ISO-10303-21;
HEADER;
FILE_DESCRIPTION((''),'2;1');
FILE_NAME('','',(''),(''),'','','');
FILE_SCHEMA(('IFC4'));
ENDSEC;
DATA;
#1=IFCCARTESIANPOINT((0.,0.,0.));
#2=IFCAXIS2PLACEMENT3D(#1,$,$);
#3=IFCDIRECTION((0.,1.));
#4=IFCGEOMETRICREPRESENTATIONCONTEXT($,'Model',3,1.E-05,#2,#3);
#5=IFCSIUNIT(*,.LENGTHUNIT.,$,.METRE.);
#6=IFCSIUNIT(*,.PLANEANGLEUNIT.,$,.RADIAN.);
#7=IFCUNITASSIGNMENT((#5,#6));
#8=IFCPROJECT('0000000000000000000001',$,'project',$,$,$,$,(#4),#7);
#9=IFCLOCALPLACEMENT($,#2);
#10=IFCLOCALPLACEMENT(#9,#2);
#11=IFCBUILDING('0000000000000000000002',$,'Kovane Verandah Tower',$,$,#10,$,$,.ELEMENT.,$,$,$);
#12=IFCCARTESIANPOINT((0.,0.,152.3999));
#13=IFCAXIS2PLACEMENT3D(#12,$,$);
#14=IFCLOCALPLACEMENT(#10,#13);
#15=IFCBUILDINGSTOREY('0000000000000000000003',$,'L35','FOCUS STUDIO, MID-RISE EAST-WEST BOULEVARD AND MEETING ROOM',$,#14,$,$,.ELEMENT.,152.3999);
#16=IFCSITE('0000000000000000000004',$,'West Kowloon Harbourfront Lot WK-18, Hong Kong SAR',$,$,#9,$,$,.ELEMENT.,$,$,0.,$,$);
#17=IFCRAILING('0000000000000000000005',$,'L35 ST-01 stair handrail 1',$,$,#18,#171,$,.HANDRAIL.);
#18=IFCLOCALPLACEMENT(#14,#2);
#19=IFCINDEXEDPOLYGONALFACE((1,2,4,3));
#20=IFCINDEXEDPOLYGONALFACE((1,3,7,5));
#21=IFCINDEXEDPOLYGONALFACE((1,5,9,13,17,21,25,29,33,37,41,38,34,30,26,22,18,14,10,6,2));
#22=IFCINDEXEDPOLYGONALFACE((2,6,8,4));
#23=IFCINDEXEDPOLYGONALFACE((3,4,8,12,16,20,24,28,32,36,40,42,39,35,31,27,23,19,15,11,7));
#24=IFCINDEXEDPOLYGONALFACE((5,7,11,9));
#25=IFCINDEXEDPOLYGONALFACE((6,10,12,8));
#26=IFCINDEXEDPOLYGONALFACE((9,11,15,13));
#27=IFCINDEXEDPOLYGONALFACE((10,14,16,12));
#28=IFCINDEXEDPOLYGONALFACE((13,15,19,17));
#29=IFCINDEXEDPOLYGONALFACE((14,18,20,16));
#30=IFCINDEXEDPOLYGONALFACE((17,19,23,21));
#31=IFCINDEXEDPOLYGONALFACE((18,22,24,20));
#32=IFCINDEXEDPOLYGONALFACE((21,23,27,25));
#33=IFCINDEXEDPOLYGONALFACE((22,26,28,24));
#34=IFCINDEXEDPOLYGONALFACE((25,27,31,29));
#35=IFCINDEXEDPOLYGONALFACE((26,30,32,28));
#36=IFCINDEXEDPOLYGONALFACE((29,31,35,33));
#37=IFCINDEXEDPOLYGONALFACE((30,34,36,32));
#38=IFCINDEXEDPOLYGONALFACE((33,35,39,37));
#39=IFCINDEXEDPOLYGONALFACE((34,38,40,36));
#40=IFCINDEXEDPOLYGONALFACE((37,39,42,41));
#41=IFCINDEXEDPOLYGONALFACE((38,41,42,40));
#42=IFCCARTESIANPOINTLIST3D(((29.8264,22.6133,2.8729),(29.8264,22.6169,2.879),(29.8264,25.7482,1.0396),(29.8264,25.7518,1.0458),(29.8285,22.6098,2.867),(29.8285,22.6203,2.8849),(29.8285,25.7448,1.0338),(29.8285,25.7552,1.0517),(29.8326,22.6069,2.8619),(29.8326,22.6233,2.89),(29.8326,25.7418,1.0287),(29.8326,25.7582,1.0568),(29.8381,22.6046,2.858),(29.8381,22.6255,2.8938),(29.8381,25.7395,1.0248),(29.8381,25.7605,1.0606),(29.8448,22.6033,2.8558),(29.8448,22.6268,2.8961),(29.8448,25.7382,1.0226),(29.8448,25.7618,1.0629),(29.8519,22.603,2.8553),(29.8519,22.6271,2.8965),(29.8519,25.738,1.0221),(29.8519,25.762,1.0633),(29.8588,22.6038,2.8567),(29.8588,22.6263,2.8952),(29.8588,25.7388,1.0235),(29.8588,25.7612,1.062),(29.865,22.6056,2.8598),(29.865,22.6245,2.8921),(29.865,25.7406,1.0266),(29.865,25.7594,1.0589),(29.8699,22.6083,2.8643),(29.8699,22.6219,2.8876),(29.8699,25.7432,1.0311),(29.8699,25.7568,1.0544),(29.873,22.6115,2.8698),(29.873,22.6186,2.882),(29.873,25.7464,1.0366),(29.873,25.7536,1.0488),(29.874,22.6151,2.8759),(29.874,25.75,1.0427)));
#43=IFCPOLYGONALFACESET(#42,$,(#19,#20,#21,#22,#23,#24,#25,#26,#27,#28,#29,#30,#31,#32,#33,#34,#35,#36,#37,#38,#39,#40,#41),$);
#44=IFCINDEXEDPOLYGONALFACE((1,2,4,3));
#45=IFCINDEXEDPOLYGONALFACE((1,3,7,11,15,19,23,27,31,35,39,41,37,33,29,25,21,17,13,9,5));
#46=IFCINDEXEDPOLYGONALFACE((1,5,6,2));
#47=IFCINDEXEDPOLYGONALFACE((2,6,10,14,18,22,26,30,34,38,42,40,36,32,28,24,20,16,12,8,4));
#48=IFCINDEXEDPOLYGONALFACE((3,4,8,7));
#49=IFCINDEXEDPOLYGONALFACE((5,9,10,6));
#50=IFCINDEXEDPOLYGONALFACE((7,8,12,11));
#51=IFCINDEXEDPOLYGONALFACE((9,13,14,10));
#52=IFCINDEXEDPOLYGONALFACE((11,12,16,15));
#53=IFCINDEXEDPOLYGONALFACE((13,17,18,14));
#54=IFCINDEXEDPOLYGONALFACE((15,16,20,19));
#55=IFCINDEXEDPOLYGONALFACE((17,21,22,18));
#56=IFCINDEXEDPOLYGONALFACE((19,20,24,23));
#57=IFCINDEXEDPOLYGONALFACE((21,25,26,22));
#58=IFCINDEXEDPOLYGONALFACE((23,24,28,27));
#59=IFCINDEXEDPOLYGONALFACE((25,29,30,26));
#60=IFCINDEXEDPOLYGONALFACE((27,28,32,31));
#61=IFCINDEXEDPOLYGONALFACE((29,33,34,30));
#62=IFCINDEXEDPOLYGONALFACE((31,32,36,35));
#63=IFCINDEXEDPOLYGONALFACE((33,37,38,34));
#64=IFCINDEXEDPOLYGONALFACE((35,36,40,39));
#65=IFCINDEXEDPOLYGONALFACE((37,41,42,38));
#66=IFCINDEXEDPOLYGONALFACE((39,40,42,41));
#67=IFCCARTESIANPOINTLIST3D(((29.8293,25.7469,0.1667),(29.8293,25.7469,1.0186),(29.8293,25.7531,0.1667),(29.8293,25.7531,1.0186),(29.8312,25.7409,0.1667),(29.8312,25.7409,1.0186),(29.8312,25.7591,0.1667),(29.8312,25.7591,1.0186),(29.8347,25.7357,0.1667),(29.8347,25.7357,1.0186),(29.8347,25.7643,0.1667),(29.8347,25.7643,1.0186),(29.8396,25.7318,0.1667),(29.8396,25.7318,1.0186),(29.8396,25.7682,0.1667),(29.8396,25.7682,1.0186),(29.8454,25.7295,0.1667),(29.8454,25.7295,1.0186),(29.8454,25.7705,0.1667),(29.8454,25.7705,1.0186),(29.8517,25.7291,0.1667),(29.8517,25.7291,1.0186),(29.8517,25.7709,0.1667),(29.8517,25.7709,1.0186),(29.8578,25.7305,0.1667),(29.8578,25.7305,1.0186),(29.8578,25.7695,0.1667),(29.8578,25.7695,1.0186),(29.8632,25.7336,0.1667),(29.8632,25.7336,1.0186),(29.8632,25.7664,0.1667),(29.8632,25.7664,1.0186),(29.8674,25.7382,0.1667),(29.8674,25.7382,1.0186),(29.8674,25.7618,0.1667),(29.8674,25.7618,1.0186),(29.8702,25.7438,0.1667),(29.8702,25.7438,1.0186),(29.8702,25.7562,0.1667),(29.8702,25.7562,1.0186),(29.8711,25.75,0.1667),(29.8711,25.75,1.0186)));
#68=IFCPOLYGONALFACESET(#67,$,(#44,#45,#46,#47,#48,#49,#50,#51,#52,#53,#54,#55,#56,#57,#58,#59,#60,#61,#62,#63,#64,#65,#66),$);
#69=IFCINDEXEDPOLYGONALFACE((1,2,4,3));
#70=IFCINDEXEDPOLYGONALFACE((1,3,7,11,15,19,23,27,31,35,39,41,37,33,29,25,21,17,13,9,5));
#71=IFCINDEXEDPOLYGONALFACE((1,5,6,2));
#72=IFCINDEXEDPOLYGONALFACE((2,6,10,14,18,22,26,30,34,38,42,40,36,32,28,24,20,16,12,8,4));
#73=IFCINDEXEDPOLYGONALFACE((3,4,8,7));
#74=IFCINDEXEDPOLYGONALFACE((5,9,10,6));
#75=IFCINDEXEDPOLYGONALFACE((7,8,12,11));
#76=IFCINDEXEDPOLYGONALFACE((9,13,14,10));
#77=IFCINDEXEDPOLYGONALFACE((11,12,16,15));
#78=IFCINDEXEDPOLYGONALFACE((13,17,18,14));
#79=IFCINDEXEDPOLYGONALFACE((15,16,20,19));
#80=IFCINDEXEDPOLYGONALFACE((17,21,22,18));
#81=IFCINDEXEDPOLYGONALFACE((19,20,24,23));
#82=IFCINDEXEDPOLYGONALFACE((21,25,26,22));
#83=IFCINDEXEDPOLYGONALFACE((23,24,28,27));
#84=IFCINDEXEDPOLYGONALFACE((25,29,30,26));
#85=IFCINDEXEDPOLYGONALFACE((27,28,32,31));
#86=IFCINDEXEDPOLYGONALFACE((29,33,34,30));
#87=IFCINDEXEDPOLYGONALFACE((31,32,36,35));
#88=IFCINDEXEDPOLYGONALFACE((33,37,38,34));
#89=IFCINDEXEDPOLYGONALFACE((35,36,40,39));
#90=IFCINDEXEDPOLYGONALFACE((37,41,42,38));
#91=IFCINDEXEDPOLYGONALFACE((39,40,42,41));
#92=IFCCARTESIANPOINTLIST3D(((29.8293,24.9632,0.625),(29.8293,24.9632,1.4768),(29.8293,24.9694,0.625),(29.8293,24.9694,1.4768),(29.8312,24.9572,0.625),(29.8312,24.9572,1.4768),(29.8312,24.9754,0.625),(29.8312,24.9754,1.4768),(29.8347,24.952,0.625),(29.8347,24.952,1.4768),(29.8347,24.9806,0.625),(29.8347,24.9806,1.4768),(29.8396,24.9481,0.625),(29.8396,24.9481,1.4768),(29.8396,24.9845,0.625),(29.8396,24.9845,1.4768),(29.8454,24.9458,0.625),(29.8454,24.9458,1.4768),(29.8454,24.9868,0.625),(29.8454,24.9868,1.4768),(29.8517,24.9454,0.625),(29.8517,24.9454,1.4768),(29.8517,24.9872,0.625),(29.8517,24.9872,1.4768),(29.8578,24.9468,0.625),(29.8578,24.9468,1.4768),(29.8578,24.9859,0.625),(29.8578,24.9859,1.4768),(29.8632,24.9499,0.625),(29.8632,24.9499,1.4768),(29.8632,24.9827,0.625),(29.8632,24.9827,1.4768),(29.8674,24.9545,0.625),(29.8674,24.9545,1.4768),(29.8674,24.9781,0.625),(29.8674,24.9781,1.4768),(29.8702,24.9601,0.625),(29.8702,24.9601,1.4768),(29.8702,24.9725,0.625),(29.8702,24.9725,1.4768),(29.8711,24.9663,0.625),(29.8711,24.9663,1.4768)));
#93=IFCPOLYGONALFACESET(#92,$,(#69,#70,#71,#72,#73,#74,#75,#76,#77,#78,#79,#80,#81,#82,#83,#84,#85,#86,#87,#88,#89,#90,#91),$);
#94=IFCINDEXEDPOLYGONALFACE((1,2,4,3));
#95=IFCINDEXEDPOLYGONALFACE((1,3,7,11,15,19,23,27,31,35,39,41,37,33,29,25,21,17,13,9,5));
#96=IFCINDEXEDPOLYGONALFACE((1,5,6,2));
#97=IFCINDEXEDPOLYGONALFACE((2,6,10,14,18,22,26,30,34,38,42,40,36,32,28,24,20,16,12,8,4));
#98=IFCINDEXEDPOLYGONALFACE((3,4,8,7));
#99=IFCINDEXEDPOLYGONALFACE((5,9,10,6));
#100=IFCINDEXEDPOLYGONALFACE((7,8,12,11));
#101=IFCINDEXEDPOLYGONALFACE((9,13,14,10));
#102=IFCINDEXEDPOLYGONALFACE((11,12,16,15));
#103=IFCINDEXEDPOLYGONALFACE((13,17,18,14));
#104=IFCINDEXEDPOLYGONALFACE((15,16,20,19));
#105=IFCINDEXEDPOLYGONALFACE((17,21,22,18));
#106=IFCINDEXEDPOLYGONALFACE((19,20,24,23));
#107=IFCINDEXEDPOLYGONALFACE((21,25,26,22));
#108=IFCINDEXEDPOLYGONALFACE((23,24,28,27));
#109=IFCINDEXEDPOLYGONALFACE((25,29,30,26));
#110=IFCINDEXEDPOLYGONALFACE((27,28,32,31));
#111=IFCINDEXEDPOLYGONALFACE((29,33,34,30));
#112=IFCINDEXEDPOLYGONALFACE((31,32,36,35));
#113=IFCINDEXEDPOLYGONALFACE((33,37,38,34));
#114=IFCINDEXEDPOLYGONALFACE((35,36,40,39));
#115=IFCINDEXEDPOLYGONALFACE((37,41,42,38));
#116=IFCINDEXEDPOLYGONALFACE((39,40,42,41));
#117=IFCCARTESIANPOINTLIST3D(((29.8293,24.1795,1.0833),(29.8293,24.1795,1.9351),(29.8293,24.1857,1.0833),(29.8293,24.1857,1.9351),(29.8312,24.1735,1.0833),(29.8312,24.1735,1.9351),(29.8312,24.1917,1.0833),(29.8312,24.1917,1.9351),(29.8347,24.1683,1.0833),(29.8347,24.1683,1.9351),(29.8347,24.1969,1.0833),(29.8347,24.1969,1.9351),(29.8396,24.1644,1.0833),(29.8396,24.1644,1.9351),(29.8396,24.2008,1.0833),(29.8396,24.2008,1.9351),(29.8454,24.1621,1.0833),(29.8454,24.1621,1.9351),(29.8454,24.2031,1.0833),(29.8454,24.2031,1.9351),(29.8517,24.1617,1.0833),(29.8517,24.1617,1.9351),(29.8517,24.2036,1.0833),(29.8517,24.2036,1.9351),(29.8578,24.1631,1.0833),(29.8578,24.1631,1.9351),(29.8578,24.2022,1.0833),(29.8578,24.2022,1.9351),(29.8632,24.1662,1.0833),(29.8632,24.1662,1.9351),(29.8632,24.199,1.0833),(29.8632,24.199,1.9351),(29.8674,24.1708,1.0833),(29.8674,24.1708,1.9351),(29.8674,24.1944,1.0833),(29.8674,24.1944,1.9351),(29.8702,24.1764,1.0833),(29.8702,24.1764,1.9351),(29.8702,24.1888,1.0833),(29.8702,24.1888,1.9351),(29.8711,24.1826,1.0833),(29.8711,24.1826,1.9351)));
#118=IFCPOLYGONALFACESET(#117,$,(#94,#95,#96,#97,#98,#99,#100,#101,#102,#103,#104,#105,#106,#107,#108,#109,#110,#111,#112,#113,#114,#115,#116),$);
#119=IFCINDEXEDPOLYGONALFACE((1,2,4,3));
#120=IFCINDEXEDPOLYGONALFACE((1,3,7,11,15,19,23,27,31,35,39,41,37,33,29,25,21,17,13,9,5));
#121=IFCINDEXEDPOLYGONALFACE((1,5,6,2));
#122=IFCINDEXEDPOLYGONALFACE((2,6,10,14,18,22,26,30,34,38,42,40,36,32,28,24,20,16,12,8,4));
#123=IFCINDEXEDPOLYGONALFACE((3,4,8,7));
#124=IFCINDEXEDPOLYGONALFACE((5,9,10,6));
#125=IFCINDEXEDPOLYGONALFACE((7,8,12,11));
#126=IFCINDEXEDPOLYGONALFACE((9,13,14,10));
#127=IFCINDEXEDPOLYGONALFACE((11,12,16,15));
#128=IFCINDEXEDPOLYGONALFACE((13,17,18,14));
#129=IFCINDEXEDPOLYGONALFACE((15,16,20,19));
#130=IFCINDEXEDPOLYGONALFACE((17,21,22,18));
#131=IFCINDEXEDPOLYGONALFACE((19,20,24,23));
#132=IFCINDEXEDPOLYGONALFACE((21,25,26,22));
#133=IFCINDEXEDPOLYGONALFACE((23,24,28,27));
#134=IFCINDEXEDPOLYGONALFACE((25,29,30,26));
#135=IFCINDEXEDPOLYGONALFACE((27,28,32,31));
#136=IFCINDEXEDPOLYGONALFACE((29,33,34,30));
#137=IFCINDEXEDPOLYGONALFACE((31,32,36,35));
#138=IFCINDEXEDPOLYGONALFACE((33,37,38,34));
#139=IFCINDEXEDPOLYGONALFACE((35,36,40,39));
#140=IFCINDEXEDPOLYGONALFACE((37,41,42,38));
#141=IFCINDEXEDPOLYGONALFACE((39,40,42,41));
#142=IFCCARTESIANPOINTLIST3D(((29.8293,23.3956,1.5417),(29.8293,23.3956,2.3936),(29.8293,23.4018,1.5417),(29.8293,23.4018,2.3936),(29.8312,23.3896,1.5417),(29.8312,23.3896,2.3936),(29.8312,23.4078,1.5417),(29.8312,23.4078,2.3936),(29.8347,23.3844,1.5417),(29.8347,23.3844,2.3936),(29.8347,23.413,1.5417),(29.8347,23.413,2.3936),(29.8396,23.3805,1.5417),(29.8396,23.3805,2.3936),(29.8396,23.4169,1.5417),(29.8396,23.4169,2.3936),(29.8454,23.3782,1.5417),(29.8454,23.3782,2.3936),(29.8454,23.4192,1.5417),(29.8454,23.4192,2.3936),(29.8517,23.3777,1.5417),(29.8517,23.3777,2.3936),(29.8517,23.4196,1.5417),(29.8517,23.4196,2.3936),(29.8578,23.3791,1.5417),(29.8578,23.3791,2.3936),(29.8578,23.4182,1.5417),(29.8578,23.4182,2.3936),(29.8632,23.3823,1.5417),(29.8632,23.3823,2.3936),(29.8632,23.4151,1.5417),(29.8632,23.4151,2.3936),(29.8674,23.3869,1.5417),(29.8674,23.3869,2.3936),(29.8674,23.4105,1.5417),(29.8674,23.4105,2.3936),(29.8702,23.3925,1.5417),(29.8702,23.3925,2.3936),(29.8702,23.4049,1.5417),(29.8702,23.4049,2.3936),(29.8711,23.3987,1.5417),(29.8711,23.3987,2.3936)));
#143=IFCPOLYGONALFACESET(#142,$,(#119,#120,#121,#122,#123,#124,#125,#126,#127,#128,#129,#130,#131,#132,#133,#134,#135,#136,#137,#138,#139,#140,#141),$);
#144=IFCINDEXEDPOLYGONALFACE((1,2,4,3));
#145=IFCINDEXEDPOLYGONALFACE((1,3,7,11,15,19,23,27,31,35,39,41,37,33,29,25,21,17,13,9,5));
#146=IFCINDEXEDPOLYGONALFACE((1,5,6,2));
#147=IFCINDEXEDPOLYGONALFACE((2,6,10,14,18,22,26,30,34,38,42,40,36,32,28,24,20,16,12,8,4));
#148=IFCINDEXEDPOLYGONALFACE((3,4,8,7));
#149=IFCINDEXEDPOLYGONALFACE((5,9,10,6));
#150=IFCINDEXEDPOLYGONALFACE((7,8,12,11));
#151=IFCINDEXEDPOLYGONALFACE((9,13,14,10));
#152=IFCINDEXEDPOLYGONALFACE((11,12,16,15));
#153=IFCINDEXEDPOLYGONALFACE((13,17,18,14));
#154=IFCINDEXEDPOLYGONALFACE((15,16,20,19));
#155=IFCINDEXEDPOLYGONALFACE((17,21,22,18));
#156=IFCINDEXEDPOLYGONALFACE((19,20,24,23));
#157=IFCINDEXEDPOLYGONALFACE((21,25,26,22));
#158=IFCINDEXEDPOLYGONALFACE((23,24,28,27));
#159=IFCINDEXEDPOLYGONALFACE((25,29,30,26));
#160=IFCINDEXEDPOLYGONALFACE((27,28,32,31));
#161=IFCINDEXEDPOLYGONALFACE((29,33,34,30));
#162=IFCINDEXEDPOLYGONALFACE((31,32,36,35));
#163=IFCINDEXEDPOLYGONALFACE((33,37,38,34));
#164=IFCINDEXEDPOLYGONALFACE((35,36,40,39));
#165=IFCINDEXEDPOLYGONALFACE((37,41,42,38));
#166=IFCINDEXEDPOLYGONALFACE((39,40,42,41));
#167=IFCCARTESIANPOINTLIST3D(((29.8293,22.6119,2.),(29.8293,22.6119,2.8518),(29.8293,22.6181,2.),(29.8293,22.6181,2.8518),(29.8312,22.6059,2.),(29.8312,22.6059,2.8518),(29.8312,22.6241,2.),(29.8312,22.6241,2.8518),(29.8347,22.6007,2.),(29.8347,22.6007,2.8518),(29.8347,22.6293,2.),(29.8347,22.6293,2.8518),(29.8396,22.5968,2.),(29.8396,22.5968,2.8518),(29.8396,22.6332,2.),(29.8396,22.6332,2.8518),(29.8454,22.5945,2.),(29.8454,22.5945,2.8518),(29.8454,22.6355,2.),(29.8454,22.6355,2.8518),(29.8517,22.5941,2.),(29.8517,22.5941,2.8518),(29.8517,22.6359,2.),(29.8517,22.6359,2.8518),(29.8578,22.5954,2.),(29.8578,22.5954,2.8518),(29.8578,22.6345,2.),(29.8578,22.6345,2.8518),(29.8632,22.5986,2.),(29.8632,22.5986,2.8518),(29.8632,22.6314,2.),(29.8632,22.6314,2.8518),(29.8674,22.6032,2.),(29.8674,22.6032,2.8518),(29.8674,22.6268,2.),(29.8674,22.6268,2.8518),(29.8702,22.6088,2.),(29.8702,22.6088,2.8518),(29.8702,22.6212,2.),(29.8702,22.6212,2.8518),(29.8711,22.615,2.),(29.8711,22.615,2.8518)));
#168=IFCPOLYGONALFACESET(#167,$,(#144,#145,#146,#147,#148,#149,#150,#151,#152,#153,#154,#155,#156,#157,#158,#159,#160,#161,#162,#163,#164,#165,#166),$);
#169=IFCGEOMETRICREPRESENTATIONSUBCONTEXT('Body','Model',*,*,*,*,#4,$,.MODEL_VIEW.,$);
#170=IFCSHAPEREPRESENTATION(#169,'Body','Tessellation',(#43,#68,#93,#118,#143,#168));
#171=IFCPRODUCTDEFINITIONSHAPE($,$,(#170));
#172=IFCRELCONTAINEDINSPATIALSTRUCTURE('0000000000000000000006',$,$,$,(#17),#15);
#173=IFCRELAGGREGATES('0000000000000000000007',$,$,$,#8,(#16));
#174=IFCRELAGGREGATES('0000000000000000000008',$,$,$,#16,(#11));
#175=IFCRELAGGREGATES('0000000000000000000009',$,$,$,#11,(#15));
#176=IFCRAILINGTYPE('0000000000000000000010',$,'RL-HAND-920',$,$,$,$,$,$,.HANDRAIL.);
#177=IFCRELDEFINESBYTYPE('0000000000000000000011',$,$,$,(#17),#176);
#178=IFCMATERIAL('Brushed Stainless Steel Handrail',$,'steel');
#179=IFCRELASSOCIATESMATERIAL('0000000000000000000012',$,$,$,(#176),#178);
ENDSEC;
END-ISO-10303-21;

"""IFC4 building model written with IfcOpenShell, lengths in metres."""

from ifc_helpers import new_model, si_unit, direction, frame, origin, origin_2d, place, context, subcontext, project, spatial, circle, extrude, material, type_object, element, save


model = new_model("IFC4")

# Units and contexts
model_context = context("Model", 3, precision=1e-05, world=origin(), true_north=direction((0.0, 1.0)))
body_context = subcontext(model_context, "Body", "Model", "MODEL_VIEW")
ifc_project = project(units=[si_unit("LENGTHUNIT", "METRE"), si_unit("PLANEANGLEUNIT", "RADIAN")], contexts=[model_context])

# Site, building, storey
site_placement = place(None, origin())
site = spatial("IfcSite", under=ifc_project, at=site_placement, Name="West Kowloon Harbourfront Lot WK-18, Hong Kong SAR", CompositionType="ELEMENT", RefElevation=0.0)
building_placement = place(site_placement, origin())
building = spatial("IfcBuilding", under=site, at=building_placement, Name="Kovane Verandah Tower", CompositionType="ELEMENT")
storey_placement = place(building_placement, frame((0.0, 0.0, 152.3999)))
storey = spatial("IfcBuildingStorey", under=building, at=storey_placement, Name="L35", Description="FOCUS STUDIO, MID-RISE EAST-WEST BOULEVARD AND MEETING ROOM", CompositionType="ELEMENT", Elevation=152.3999)

# Railing
ifc_material_1 = material(Name="Brushed Stainless Steel Handrail", Category="steel")
railing_type_1 = type_object("IfcRailingType", Name="RL-HAND-920", PredefinedType="HANDRAIL", material=ifc_material_1)
railing_1_placement = place(storey_placement, frame((29.8501, 25.75, 0.1667)))
element("IfcRailing", 1, at=railing_1_placement, inside=storey, type_object=railing_type_1, Name="L35 ST-01 stair handrail 1", PredefinedType="HANDRAIL", context=body_context, shape_type="SweptSolid", body=[
    extrude(circle(Radius=0.0239, at=origin_2d()), frame((0.0, 0.0, 0.876), z_axis=(0.0, -0.86324, 0.504794), x_axis=(1.0, 0.0, 0.0)), (0.0, 0.0, 1.0), 3.6316),
    extrude(circle(Radius=0.021, at=origin_2d()), origin(), (0.0, 0.0, 1.0), 0.8518),
    extrude(circle(Radius=0.021, at=origin_2d()), frame((0.0, -0.7837, 0.4583)), (0.0, 0.0, 1.0), 0.8518),
    extrude(circle(Radius=0.021, at=origin_2d()), frame((0.0, -1.5674, 0.9165)), (0.0, 0.0, 1.0), 0.8518),
    extrude(circle(Radius=0.021, at=origin_2d()), frame((0.0, -2.3513, 1.375)), (0.0, 0.0, 1.0), 0.8518),
    extrude(circle(Radius=0.021, at=origin_2d()), frame((0.0, -3.135, 1.8333)), (0.0, 0.0, 1.0), 0.8518),
])

save(model, "model.ifc")
